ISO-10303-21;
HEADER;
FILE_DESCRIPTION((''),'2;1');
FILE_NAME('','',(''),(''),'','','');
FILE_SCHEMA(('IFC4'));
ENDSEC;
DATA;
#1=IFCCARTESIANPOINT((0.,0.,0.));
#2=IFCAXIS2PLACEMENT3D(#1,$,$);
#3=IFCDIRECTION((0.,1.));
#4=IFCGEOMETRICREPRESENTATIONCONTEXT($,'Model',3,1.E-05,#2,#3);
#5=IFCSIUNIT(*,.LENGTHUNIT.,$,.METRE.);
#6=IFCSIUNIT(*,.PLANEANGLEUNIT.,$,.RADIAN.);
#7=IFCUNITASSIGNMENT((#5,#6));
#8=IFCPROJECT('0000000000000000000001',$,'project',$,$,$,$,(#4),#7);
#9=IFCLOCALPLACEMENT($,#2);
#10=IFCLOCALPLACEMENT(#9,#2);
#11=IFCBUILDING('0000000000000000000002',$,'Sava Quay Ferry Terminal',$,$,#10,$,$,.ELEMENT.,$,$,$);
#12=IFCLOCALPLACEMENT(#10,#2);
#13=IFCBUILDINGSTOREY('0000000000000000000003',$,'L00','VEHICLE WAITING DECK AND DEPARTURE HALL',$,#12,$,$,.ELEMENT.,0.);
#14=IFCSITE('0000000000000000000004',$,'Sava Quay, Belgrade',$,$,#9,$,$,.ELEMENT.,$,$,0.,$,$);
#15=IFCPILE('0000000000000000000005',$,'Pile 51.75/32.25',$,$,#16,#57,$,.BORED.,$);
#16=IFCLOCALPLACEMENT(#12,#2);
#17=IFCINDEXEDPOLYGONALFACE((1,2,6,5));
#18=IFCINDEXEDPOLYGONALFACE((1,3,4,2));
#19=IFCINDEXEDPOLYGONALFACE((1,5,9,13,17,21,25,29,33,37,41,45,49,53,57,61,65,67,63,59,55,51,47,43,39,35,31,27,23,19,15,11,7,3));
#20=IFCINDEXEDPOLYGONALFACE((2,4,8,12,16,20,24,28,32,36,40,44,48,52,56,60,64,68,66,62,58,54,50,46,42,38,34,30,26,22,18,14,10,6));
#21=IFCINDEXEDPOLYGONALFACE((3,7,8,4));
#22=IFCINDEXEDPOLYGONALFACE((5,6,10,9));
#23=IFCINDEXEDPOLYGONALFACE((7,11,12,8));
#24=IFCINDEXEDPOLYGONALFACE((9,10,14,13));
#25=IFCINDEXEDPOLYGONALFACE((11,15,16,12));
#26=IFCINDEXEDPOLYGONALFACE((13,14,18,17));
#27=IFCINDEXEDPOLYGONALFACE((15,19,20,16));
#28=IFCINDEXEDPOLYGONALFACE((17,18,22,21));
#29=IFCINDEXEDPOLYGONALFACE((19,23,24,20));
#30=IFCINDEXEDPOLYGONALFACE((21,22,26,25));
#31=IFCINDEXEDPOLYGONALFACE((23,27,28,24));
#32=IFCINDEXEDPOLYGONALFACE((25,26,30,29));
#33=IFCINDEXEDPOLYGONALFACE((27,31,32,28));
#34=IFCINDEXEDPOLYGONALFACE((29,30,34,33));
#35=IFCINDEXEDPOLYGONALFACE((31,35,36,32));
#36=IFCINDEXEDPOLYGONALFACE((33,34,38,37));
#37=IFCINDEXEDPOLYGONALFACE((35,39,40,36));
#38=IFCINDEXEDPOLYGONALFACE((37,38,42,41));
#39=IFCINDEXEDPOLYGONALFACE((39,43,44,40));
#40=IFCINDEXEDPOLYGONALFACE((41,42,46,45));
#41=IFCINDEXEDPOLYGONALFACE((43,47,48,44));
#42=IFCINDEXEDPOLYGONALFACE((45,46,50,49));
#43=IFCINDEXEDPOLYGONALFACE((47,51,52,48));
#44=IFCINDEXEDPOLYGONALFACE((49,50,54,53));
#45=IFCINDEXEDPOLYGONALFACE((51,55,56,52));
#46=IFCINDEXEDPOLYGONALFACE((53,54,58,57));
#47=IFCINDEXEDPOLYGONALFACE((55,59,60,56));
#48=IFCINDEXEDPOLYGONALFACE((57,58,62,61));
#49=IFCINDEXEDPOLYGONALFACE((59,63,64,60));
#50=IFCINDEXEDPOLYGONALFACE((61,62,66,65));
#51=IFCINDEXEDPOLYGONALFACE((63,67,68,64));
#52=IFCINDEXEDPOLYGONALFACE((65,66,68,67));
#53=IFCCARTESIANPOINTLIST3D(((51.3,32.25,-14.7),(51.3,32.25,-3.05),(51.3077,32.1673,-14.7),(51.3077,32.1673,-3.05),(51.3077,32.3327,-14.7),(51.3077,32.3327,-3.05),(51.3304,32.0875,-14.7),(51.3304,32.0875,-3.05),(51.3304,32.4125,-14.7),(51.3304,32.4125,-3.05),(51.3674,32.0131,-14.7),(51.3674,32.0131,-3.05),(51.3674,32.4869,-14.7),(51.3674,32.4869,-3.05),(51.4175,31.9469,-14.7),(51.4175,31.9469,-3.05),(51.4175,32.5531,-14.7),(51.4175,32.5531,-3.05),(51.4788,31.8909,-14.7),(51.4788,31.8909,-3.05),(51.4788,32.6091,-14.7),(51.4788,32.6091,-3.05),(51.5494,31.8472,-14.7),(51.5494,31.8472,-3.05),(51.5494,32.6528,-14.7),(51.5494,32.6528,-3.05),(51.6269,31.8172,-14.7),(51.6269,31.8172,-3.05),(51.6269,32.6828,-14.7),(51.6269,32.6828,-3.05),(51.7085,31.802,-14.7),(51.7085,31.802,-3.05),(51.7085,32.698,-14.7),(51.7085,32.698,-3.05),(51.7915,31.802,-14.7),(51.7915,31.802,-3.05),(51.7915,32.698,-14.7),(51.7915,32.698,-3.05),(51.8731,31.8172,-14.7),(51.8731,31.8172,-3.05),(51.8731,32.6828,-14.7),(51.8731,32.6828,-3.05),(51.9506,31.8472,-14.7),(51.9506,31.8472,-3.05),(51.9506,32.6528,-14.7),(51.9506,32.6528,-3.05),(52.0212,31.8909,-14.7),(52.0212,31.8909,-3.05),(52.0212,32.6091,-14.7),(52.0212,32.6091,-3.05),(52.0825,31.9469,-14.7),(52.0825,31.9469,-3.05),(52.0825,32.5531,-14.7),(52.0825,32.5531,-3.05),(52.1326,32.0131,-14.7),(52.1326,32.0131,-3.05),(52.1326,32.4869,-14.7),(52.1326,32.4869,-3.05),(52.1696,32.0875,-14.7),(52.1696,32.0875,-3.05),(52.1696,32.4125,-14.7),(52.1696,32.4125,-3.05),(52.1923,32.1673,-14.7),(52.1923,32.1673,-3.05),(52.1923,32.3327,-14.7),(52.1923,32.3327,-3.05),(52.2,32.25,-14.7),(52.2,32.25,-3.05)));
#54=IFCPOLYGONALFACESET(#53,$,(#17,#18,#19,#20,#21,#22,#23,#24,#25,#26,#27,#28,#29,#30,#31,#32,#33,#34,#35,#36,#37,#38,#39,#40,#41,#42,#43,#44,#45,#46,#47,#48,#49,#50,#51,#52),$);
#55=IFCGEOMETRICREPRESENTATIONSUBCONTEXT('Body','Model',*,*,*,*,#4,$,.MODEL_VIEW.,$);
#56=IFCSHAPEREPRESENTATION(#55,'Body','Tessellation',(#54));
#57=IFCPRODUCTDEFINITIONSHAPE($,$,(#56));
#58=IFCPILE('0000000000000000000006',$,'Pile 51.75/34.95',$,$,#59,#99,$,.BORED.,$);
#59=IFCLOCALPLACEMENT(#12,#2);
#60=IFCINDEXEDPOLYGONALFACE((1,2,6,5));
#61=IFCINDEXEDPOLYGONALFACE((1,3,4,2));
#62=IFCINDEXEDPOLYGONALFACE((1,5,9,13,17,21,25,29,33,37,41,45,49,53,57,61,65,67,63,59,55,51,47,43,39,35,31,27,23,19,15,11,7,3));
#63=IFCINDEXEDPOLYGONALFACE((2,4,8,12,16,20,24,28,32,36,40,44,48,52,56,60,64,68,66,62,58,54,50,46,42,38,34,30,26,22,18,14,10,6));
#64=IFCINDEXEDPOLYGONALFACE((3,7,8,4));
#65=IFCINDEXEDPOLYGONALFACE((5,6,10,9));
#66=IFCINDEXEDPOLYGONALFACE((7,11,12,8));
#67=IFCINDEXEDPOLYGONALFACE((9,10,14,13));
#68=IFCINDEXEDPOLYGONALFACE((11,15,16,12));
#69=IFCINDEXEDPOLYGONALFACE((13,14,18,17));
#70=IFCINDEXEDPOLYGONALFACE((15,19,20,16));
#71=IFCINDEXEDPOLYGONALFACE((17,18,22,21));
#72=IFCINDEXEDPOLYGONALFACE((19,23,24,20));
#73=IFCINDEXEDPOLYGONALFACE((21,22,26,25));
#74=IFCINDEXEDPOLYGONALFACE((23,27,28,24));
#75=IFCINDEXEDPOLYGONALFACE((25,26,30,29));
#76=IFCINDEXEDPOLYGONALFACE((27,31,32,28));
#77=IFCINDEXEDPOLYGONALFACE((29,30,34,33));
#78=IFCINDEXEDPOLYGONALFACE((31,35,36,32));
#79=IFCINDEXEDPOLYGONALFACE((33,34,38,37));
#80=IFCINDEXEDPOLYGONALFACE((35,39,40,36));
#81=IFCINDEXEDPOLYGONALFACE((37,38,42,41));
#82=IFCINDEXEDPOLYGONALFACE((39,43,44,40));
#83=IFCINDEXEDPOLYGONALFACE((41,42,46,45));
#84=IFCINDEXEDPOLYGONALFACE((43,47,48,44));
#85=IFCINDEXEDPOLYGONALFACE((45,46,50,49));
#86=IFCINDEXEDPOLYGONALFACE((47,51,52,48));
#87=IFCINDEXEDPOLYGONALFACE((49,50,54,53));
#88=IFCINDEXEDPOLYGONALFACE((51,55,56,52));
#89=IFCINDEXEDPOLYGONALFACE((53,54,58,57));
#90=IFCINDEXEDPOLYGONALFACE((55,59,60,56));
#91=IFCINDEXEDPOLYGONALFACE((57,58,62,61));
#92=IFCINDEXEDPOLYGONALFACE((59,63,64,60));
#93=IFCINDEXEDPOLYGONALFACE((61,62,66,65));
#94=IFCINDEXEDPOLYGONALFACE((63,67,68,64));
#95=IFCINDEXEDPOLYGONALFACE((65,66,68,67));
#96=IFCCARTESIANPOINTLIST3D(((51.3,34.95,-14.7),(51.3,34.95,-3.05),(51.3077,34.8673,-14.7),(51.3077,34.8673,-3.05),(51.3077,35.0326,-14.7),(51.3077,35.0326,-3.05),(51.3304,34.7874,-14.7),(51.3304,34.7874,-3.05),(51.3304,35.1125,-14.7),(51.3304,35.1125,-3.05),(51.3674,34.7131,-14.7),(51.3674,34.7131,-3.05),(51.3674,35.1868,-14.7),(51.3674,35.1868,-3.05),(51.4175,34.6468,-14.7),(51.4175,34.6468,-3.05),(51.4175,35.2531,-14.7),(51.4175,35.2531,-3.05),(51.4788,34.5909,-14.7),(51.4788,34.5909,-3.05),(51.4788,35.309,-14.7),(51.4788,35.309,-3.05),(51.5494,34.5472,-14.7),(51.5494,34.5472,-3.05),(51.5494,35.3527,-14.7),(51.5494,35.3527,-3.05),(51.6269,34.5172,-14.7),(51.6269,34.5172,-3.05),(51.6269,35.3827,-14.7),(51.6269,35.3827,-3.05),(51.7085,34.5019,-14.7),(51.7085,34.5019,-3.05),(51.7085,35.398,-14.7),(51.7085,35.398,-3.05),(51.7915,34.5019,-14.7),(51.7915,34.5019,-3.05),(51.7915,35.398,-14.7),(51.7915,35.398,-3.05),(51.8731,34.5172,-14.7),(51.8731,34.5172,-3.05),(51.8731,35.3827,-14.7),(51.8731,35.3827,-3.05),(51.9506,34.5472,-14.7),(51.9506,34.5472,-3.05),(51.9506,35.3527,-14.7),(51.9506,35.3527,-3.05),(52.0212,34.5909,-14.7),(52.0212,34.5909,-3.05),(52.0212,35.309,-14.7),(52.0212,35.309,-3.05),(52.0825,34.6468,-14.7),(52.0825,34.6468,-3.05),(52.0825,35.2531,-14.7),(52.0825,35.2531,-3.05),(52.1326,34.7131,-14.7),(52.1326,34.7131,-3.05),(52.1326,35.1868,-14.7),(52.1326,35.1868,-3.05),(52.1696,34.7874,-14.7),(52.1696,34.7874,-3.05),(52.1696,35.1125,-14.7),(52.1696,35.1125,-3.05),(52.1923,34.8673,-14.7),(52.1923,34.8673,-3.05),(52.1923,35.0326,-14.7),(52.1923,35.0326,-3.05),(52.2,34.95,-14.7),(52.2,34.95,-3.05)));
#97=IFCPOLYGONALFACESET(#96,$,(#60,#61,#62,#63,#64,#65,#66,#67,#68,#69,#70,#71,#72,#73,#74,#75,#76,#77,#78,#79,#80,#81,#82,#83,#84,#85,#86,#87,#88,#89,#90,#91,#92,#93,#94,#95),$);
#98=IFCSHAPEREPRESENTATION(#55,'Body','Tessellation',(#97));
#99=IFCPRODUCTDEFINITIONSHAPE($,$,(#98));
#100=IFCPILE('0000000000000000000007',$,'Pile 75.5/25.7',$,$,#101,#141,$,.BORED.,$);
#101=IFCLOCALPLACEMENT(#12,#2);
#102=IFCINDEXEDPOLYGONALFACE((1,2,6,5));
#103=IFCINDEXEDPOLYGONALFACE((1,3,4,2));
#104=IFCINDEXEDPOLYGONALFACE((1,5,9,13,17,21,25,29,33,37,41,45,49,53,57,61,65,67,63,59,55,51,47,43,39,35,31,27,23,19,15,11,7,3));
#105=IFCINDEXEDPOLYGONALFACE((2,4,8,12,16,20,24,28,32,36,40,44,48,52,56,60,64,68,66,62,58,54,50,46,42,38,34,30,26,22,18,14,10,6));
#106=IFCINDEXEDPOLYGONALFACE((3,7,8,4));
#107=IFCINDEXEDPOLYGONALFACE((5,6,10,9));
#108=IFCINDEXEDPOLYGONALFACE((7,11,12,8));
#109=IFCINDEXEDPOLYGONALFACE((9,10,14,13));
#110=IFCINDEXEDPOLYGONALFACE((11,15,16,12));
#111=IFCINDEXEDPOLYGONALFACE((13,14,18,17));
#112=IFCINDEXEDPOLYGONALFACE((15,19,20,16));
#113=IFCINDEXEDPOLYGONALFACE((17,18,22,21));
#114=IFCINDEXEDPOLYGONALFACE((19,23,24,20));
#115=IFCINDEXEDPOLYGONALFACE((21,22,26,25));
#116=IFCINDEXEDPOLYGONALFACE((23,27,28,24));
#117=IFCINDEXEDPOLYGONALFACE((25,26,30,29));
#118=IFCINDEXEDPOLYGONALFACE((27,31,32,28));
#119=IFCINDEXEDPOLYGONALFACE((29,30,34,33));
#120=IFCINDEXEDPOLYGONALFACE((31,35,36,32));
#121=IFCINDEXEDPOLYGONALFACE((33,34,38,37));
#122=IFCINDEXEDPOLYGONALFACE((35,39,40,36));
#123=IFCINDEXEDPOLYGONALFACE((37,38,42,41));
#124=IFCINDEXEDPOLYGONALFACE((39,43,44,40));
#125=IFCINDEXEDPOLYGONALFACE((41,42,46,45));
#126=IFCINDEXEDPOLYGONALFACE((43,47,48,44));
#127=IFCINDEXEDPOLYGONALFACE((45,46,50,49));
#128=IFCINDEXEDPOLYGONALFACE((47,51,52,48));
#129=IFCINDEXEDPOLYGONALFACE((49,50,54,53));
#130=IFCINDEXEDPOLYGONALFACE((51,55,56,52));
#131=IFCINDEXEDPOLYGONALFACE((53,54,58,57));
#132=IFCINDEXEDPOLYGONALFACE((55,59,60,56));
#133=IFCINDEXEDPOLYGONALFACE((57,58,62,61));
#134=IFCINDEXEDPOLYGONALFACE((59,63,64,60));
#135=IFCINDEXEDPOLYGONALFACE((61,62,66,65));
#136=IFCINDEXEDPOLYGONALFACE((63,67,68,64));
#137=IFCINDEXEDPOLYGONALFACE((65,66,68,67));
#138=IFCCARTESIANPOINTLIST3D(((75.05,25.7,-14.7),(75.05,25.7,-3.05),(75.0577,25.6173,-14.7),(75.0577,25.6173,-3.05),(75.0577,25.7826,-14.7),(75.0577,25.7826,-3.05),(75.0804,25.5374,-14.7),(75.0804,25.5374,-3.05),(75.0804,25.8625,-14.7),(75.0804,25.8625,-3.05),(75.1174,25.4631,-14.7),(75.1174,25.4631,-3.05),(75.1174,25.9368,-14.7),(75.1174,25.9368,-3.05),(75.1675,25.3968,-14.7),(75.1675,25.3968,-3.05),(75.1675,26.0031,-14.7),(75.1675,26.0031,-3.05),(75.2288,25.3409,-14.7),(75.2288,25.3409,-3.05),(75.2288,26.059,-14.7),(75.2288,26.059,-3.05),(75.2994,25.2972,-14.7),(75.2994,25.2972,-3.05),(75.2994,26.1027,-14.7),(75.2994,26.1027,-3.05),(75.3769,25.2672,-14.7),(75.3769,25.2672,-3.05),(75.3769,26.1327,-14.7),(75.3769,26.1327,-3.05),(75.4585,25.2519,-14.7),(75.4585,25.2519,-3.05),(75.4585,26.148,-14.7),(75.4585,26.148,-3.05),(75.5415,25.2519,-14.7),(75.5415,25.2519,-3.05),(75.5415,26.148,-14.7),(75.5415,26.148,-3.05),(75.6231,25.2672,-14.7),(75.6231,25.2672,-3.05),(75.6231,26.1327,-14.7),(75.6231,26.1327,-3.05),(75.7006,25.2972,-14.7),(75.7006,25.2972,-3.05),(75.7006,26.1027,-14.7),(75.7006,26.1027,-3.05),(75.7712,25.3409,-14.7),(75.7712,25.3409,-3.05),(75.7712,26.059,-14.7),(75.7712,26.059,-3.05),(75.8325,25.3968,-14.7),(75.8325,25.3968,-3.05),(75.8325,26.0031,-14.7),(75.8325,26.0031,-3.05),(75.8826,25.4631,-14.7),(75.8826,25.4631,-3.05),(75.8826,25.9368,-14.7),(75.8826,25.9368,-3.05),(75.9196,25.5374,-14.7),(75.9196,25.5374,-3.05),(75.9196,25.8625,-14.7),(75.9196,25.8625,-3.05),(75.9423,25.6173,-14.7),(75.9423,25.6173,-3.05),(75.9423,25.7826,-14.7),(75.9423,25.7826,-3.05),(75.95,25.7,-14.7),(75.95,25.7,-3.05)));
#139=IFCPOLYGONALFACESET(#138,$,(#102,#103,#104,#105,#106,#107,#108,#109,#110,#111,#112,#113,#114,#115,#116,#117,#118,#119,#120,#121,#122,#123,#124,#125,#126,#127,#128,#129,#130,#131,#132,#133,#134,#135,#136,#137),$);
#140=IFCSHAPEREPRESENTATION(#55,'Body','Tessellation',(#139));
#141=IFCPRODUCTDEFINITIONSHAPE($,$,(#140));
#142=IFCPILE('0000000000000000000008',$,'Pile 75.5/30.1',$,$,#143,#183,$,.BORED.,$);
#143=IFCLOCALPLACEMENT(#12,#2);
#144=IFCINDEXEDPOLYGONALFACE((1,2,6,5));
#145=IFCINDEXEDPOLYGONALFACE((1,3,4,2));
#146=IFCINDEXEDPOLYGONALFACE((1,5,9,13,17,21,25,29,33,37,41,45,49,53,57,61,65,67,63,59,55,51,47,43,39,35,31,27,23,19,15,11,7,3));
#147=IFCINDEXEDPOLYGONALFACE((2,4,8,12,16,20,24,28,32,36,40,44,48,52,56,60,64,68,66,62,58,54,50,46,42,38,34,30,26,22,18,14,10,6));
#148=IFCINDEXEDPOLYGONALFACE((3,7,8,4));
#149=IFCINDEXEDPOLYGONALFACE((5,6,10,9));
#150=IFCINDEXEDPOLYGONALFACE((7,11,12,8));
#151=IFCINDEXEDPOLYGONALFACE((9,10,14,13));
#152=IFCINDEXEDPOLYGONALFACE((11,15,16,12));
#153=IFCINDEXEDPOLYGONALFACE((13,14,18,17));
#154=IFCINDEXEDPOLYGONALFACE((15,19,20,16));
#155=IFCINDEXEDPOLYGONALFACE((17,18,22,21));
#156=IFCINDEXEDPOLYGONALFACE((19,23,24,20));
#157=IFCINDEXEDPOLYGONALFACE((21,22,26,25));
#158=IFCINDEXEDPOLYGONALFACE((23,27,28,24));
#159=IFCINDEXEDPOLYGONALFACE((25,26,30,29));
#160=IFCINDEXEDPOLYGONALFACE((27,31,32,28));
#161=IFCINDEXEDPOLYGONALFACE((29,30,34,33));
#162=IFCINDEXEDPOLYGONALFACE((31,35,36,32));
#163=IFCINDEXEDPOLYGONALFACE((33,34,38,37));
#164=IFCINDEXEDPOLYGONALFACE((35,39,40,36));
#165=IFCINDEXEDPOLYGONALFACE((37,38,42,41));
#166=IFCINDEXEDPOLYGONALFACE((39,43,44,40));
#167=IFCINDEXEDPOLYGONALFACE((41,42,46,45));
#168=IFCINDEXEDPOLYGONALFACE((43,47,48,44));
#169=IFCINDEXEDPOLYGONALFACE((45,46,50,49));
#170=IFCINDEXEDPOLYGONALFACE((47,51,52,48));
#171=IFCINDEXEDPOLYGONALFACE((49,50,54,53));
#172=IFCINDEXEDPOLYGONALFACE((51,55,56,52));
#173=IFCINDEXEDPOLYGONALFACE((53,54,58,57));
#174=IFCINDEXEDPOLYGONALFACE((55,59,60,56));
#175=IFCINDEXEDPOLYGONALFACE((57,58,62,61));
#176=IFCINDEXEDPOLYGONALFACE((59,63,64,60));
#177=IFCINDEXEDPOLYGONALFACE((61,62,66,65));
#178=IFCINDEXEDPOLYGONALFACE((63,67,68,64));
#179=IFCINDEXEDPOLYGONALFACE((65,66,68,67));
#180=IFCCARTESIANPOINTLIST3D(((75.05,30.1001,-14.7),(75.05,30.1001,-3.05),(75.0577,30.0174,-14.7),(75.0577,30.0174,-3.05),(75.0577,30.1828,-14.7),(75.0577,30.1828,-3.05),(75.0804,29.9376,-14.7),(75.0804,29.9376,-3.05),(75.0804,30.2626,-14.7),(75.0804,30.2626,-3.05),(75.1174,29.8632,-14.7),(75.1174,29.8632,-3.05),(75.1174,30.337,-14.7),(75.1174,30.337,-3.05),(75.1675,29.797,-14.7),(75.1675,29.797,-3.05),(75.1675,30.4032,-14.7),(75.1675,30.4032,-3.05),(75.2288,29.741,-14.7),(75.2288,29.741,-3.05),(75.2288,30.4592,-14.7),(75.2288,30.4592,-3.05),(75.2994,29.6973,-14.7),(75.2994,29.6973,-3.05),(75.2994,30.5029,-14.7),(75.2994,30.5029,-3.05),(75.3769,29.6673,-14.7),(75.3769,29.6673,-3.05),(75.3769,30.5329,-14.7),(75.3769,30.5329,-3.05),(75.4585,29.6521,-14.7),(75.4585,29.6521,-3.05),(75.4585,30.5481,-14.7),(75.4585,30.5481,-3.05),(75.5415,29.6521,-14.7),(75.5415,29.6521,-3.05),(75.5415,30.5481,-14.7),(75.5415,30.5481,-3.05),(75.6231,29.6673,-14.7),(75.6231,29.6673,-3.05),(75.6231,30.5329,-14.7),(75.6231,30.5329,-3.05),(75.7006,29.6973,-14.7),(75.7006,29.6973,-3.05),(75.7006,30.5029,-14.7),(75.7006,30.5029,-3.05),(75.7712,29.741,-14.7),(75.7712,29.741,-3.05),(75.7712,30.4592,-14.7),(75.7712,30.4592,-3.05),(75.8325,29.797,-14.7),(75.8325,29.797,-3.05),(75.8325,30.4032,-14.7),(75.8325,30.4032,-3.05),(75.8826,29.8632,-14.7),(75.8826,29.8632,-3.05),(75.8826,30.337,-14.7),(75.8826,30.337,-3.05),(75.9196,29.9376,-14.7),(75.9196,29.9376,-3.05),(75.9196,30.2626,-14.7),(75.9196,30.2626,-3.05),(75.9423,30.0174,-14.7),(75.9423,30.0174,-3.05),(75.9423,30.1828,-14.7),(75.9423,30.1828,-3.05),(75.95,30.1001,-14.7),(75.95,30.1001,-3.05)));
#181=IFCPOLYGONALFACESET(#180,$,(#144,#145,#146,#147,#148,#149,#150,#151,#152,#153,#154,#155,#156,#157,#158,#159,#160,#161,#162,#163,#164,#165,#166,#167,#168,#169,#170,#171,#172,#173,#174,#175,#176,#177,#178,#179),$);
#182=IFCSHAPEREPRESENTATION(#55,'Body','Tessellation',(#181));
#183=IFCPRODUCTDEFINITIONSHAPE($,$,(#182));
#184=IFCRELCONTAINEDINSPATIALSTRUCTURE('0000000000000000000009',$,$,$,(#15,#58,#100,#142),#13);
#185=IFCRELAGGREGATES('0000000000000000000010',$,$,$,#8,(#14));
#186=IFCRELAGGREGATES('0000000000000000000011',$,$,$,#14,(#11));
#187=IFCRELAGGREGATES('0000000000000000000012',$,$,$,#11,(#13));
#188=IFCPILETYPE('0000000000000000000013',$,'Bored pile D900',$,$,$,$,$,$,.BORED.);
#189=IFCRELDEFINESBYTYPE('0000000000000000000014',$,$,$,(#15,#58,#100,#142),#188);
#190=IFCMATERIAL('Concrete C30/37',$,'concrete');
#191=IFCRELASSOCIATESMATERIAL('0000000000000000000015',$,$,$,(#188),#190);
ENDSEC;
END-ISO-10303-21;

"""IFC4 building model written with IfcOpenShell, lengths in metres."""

from ifc_helpers import new_model, si_unit, direction, frame, origin, origin_2d, place, context, subcontext, project, spatial, circle, extrude, material, material_profile, profile_set, type_object, element, save


model = new_model("IFC4")

# Units and contexts
model_context = context("Model", 3, precision=1e-05, world=origin(), true_north=direction((0.0, 1.0)))
body_context = subcontext(model_context, "Body", "Model", "MODEL_VIEW")
ifc_project = project(units=[si_unit("LENGTHUNIT", "METRE"), si_unit("PLANEANGLEUNIT", "RADIAN")], contexts=[model_context])

# Site, building, storey
site_placement = place(None, origin())
site = spatial("IfcSite", under=ifc_project, at=site_placement, Name="Sava Quay, Belgrade", CompositionType="ELEMENT", RefElevation=0.0)
building_placement = place(site_placement, origin())
building = spatial("IfcBuilding", under=site, at=building_placement, Name="Sava Quay Ferry Terminal", CompositionType="ELEMENT")
storey_placement = place(building_placement, origin())
storey = spatial("IfcBuildingStorey", under=building, at=storey_placement, Name="L00", Description="VEHICLE WAITING DECK AND DEPARTURE HALL", CompositionType="ELEMENT", Elevation=0.0)

# Piles
ifc_material_1 = material(Name="Concrete C30/37", Category="concrete")
ifc_material_profile_1 = material_profile(ifc_material_1, circle(Radius=0.45, at=origin_2d()), Name="Bored pile D900")
ifc_profile_set_1 = profile_set([ifc_material_profile_1], Name="Concrete C30/37")
pile_type = type_object("IfcPileType", Name="Bored pile D900", PredefinedType="BORED", material=ifc_profile_set_1)
for number, where, z_axis, x_axis, name in (
    (1, (51.75, 32.25, -3.05), (0.0, 0.0, -1.0), (1.0, 0.0, 0.0), "Pile 51.75/32.25"),
    (2, (51.75, 34.95, -3.05), (0.0, 0.0, -1.0), (1.0, 0.0, 0.0), "Pile 51.75/34.95"),
    (3, (75.5, 25.7, -3.05), (0.0, 0.0, -1.0), (1.0, 0.0, 0.0), "Pile 75.5/25.7"),
    (4, (75.5, 30.1001, -3.05), (0.0, 0.0, -1.0), (1.0, 0.0, 0.0), "Pile 75.5/30.1"),
):
    element("IfcPile", number, at=place(storey_placement, frame(where, z_axis=z_axis, x_axis=x_axis)), inside=storey, type_object=pile_type, Name=name, PredefinedType="BORED", context=body_context, shape_type="SweptSolid", body=[
        extrude(circle(Radius=0.45, at=origin_2d()), origin(), (0.0, 0.0, 1.0), 11.6499),
    ])

save(model, "model.ifc")
